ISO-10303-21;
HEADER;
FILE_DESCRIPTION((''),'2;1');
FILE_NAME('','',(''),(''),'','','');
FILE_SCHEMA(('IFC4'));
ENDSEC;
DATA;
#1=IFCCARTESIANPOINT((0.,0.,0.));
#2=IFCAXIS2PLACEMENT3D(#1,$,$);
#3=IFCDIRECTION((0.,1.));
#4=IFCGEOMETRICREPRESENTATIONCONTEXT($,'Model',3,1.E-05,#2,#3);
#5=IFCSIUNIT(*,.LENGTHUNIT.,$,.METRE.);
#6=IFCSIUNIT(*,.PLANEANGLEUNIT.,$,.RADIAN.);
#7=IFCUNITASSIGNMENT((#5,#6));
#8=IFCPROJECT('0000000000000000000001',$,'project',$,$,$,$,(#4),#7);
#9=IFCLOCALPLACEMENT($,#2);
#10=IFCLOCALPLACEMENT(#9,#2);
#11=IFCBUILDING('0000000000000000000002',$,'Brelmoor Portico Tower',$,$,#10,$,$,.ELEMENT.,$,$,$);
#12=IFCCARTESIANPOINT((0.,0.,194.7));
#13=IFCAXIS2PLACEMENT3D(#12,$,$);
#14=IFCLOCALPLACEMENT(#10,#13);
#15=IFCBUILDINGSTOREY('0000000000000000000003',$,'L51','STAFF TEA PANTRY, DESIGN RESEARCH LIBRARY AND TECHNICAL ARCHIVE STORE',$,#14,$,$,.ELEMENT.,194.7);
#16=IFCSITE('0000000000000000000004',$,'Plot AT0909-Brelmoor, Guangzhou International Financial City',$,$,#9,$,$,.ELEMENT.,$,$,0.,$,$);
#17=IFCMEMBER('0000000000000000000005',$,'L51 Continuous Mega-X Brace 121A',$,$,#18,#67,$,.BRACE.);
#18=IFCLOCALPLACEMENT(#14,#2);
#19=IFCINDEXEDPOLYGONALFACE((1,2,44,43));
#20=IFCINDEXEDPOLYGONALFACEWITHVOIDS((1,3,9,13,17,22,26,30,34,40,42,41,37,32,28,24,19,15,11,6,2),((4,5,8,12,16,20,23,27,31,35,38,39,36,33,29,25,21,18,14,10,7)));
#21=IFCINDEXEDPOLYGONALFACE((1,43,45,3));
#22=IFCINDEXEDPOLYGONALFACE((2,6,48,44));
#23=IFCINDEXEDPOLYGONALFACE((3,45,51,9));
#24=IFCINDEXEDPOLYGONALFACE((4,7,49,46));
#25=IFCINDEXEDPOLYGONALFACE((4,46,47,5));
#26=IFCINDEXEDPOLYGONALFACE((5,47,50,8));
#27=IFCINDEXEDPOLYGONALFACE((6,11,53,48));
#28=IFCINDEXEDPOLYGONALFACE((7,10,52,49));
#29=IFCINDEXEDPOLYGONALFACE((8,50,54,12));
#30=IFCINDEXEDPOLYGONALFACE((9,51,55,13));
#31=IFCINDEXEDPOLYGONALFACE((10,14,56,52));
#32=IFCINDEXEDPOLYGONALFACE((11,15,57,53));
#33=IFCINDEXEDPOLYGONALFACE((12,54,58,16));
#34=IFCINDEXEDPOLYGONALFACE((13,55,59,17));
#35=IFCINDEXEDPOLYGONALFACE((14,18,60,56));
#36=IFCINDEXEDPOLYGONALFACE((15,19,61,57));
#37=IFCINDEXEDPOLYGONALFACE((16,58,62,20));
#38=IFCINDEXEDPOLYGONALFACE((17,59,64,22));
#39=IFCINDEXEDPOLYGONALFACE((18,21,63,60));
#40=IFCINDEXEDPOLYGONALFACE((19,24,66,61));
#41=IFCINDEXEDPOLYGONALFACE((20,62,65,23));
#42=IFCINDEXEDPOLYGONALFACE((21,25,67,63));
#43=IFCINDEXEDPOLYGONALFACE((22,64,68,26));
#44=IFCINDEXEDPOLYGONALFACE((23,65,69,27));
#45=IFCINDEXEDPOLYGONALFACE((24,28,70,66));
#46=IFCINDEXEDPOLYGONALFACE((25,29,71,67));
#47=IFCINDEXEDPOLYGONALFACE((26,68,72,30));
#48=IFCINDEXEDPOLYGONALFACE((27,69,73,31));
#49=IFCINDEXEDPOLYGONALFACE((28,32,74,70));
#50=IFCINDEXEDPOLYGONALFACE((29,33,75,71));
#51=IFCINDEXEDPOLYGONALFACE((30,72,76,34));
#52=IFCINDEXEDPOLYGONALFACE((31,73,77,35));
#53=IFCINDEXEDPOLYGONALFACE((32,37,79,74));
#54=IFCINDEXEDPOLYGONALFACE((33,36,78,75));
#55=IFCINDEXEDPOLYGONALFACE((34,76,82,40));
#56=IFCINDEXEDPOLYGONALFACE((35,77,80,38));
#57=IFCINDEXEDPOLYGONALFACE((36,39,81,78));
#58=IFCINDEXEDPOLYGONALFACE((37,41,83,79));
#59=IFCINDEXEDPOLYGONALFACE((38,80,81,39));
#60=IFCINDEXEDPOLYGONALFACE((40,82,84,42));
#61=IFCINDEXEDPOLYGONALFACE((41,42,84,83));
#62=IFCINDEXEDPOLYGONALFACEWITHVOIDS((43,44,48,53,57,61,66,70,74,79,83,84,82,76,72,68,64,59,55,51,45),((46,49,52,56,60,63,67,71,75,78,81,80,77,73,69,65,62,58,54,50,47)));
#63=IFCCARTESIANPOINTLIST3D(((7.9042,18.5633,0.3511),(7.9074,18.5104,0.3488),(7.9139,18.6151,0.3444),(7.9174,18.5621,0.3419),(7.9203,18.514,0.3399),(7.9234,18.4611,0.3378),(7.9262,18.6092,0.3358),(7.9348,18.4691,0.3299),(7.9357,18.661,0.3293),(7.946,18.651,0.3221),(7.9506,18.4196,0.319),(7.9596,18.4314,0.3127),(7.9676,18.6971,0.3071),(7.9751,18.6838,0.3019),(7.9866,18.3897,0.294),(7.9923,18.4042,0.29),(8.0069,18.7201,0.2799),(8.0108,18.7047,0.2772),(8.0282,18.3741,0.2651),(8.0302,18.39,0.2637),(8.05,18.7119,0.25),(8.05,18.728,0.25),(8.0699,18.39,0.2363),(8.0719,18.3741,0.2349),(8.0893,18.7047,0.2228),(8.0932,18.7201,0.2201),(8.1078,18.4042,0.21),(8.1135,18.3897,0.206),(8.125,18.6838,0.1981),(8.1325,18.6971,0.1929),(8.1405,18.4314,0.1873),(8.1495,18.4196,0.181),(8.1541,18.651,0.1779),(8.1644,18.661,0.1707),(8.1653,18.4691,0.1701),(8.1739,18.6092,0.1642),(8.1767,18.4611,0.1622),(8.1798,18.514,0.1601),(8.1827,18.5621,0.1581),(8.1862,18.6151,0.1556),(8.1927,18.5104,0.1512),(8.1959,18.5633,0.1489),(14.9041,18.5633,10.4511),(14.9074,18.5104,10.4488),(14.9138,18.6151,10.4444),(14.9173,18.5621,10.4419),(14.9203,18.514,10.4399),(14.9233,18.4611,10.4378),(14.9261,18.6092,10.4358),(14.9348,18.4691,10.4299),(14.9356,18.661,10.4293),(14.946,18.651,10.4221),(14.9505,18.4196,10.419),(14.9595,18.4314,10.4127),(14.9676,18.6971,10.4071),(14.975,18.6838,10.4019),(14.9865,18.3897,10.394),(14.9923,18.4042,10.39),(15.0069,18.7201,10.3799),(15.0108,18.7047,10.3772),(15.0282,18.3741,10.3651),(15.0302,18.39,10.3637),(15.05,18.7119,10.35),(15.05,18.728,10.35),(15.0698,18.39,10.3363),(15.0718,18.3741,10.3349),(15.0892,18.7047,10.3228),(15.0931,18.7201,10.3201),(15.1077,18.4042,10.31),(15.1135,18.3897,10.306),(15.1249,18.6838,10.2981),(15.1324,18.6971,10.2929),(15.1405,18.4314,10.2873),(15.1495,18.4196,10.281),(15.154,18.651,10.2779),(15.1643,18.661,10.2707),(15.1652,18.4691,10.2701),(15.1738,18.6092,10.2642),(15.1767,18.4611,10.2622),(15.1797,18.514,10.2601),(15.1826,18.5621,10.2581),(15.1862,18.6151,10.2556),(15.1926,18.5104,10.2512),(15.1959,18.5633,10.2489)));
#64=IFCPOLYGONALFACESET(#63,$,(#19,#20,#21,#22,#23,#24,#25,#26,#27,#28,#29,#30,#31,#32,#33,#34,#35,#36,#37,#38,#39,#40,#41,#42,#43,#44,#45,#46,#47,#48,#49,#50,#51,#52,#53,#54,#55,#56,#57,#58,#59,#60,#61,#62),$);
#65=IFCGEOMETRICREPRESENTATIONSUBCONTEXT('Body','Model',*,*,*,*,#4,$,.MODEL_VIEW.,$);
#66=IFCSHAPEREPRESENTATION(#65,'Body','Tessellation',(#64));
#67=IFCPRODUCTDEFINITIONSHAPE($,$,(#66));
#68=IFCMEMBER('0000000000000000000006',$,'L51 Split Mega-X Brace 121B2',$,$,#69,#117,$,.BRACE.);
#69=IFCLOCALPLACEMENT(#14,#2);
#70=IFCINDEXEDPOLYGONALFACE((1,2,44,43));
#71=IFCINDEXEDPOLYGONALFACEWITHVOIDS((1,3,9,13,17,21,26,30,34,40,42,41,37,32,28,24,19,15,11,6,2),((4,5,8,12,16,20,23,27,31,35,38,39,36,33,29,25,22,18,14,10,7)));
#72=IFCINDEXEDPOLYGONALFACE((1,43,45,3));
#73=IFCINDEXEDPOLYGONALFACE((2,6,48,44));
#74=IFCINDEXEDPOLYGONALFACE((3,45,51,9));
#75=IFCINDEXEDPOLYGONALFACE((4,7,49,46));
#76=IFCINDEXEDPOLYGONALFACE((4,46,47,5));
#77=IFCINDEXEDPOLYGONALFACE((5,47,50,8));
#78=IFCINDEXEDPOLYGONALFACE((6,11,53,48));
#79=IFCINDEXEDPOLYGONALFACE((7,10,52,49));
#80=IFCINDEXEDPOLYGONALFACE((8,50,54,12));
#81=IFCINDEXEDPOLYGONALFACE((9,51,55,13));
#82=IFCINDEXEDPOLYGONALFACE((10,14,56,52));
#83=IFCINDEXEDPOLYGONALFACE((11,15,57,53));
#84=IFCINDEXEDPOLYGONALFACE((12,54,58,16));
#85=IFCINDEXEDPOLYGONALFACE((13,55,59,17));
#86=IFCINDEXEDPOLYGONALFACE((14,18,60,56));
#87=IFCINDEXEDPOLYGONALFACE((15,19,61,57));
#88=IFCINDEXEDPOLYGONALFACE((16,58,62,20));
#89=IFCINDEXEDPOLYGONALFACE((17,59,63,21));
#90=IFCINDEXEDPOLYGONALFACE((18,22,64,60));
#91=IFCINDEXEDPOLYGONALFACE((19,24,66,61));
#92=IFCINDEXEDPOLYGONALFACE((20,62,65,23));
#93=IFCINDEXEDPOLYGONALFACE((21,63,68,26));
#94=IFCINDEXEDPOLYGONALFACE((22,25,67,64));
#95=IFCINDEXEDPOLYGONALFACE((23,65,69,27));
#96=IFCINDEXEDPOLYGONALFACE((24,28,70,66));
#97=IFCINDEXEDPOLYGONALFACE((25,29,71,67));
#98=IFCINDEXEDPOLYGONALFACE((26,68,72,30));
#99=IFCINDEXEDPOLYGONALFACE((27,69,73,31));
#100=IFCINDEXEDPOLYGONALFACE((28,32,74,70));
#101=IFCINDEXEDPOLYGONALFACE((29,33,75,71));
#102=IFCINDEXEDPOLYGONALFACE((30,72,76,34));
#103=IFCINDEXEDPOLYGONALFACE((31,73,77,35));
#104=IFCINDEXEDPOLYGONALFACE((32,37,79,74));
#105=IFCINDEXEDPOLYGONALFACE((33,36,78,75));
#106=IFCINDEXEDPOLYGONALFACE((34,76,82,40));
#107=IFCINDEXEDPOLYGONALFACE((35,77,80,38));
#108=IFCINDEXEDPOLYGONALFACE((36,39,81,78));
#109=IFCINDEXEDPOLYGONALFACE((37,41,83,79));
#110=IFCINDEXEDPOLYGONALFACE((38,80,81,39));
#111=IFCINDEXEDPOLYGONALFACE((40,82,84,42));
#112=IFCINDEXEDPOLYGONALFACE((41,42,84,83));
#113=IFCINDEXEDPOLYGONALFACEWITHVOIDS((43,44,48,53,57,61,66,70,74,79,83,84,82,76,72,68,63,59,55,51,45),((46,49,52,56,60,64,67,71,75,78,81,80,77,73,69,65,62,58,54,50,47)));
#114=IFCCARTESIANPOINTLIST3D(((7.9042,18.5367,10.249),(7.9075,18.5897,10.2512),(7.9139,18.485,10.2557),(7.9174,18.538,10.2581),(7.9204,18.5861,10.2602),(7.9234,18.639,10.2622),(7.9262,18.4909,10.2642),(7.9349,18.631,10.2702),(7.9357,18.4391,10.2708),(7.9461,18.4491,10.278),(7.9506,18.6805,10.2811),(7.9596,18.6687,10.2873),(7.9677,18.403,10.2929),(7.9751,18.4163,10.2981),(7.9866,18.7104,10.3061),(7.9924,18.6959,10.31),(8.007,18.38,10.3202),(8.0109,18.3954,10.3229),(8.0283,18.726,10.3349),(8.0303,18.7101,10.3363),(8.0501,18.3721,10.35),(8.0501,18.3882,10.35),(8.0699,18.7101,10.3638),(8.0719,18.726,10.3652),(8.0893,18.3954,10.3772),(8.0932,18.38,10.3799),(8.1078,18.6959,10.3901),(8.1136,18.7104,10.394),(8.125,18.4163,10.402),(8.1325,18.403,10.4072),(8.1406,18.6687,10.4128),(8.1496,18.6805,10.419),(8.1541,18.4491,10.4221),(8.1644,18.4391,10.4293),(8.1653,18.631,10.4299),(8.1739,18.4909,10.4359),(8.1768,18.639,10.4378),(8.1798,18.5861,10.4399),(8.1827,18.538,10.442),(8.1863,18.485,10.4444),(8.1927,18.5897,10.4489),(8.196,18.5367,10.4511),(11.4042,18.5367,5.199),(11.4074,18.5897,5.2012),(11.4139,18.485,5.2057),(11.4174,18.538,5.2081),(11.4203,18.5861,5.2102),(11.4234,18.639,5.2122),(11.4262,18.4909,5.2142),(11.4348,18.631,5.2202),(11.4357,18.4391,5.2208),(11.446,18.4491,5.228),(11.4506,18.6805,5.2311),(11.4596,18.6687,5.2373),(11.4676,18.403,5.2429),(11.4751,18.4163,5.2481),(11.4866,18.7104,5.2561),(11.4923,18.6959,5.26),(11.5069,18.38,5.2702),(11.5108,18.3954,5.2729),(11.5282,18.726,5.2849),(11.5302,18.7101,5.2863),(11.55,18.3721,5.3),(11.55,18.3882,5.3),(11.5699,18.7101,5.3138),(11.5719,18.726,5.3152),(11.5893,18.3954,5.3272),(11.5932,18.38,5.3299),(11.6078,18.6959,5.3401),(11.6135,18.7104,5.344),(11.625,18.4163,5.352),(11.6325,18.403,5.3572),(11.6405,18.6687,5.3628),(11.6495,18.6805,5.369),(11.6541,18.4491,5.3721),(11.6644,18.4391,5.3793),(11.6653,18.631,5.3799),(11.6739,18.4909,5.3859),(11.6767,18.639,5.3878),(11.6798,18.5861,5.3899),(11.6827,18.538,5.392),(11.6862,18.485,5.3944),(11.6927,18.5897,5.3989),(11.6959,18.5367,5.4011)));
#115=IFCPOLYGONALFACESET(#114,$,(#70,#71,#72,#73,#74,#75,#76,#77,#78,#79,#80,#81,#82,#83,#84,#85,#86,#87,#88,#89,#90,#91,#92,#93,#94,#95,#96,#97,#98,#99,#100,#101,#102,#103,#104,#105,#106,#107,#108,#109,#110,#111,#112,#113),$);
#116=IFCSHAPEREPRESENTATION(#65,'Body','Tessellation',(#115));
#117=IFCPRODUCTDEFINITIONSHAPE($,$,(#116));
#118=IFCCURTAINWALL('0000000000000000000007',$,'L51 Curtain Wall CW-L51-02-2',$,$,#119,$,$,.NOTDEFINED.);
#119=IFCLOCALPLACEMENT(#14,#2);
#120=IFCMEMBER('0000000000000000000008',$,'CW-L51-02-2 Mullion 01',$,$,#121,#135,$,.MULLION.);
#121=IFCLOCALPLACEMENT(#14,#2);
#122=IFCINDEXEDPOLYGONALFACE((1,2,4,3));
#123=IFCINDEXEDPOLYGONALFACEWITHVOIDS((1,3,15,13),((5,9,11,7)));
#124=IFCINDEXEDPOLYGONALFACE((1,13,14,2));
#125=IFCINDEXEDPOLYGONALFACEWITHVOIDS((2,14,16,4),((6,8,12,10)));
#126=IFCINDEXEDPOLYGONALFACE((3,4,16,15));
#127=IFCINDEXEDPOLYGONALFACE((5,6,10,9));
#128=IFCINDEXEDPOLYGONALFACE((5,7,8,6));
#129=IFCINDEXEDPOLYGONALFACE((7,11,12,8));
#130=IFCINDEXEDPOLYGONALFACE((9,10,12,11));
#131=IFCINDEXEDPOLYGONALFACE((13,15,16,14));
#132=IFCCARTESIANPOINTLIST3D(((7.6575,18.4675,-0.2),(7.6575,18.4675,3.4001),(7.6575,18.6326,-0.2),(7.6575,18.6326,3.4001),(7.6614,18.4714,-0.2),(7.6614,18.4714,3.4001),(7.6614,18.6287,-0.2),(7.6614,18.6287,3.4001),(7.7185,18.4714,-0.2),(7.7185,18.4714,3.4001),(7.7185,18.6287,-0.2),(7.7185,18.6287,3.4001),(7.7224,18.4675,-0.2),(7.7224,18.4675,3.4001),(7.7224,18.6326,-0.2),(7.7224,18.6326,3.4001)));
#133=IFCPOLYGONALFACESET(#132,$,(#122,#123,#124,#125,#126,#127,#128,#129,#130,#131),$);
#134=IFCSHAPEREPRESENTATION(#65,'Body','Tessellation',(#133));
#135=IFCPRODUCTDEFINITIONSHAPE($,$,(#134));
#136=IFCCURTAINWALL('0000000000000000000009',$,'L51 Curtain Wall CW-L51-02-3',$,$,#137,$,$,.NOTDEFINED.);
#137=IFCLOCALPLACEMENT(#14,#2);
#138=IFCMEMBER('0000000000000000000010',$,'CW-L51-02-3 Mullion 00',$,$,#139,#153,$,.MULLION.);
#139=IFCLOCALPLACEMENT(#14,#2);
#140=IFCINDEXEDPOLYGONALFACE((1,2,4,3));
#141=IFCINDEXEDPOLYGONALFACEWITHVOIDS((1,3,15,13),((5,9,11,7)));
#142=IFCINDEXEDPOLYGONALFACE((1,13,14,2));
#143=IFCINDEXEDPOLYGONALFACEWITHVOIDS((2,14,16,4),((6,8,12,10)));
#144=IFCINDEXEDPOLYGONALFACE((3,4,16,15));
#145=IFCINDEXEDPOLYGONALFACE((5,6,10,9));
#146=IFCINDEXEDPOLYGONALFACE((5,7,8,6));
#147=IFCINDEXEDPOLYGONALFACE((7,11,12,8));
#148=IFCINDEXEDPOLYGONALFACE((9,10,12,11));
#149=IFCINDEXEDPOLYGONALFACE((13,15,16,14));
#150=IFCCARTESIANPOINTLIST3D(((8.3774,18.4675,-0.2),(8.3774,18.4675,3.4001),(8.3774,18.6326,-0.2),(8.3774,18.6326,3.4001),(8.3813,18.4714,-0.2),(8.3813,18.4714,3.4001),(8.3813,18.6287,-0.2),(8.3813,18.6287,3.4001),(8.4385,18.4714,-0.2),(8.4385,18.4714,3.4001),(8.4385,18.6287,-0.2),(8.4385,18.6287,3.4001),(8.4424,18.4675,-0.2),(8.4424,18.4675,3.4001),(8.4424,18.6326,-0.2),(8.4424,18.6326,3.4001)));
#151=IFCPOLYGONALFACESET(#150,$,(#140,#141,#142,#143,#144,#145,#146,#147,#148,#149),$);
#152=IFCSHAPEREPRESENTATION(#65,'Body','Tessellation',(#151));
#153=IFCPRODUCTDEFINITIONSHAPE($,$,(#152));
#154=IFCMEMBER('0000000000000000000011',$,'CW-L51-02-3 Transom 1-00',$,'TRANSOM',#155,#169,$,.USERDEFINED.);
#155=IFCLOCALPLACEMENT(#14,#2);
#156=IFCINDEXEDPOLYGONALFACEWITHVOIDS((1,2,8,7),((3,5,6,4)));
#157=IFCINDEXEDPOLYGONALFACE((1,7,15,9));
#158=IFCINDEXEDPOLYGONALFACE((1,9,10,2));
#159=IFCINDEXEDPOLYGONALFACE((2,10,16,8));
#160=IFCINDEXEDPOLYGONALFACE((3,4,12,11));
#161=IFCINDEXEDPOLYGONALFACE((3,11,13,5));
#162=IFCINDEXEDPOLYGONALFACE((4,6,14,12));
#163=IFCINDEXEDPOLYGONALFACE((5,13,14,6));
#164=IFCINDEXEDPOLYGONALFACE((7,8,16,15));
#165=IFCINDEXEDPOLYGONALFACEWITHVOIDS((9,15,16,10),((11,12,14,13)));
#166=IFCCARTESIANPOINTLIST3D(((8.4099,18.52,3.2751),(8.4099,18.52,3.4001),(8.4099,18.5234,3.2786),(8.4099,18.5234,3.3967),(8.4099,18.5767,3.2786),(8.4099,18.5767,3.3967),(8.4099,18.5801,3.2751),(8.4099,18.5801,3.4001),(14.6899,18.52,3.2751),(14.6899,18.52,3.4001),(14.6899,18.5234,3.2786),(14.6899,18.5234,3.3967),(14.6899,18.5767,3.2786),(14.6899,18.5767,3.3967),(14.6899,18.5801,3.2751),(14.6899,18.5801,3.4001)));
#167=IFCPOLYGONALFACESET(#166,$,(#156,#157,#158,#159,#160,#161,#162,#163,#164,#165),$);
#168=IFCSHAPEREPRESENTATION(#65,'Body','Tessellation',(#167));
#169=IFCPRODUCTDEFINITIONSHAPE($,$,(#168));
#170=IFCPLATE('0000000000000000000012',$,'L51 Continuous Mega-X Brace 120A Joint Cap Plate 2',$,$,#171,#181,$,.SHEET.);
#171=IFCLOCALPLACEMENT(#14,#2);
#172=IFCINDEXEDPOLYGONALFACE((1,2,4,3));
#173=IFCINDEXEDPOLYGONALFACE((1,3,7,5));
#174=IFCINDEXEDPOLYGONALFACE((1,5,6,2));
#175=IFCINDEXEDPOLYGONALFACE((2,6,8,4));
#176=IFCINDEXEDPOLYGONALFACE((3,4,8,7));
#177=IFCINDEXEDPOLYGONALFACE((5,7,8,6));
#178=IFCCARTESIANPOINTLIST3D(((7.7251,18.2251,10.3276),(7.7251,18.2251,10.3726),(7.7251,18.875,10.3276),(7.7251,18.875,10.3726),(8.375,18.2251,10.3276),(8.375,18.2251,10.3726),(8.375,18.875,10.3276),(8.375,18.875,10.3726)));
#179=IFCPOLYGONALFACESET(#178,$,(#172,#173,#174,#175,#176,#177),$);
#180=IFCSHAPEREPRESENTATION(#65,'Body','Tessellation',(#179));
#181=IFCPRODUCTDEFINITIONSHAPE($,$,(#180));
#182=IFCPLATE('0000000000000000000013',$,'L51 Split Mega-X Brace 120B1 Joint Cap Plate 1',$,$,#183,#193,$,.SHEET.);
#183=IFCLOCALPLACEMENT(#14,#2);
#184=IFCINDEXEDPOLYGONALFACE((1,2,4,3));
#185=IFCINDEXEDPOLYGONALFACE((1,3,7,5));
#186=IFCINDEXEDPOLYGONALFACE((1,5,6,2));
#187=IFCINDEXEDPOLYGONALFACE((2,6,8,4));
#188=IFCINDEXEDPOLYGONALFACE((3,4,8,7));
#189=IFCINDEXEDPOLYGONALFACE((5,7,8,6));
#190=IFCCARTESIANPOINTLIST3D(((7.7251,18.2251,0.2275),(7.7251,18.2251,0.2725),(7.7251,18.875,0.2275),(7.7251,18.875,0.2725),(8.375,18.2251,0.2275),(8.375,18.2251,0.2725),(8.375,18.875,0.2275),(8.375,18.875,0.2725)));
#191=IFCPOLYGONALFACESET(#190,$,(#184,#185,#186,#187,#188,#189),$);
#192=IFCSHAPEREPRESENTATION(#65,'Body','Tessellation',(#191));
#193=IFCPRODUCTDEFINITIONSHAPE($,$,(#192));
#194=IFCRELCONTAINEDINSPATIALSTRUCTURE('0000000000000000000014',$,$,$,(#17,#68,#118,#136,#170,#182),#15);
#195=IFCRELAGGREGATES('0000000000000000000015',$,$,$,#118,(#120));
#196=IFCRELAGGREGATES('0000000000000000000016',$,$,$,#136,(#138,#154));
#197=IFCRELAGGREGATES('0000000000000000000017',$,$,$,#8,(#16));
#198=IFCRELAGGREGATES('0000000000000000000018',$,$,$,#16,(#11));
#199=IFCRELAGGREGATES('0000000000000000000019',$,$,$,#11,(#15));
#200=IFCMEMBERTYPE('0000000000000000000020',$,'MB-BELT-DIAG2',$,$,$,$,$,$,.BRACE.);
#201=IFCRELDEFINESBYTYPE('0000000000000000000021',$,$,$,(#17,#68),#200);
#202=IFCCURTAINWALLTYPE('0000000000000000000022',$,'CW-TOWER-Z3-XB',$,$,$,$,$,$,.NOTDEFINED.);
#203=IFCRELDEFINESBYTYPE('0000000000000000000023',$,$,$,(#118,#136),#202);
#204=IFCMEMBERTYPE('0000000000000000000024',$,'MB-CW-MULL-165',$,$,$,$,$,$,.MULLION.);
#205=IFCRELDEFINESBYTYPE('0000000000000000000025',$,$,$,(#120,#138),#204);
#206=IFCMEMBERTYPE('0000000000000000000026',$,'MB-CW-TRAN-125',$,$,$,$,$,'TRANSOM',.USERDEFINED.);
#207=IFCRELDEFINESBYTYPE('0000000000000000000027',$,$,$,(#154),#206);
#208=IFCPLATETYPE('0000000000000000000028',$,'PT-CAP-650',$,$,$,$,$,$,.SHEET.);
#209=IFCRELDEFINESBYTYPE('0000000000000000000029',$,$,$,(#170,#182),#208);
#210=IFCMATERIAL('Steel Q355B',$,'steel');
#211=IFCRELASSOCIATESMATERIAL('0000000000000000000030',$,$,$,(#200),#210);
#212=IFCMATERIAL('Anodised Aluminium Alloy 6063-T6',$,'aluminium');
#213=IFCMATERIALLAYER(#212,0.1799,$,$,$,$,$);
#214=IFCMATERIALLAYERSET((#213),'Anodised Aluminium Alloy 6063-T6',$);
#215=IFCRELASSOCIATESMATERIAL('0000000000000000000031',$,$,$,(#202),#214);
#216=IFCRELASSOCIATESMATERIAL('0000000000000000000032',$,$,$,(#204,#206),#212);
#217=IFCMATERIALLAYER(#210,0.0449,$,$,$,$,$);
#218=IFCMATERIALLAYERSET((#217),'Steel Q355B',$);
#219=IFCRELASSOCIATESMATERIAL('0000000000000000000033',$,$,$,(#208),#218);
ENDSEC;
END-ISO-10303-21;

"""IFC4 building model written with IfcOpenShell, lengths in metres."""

from ifc_helpers import new_model, si_unit, direction, frame, origin, origin_2d, place, context, subcontext, project, spatial, rectangle, hollow_rectangle, hollow_circle, extrude, material, layer, layer_set, material_profile, profile_set, type_object, element, aggregate, save


model = new_model("IFC4")

# Units and contexts
model_context = context("Model", 3, precision=1e-05, world=origin(), true_north=direction((0.0, 1.0)))
body_context = subcontext(model_context, "Body", "Model", "MODEL_VIEW")
ifc_project = project(units=[si_unit("LENGTHUNIT", "METRE"), si_unit("PLANEANGLEUNIT", "RADIAN")], contexts=[model_context])

# Site, building, storey
site_placement = place(None, origin())
site = spatial("IfcSite", under=ifc_project, at=site_placement, Name="Plot AT0909-Brelmoor, Guangzhou International Financial City", CompositionType="ELEMENT", RefElevation=0.0)
building_placement = place(site_placement, origin())
building = spatial("IfcBuilding", under=site, at=building_placement, Name="Brelmoor Portico Tower", CompositionType="ELEMENT")
storey_placement = place(building_placement, frame((0.0, 0.0, 194.7)))
storey = spatial("IfcBuildingStorey", under=building, at=storey_placement, Name="L51", Description="STAFF TEA PANTRY, DESIGN RESEARCH LIBRARY AND TECHNICAL ARCHIVE STORE", CompositionType="ELEMENT", Elevation=194.7)

# Shared definitions
ifc_material_1 = material(Name="Steel Q355B", Category="steel")

# Members
ifc_material_profile_1 = material_profile(ifc_material_1, hollow_circle(Radius=0.178, WallThickness=0.0161, at=origin_2d()), Name="CHS 356x16")
ifc_profile_set_1 = profile_set([ifc_material_profile_1], Name="Steel Q355B")
member_type_1 = type_object("IfcMemberType", Name="MB-BELT-DIAG2", PredefinedType="BRACE", material=ifc_profile_set_1)
member_1_placement = place(storey_placement, frame((8.05, 18.55, 0.25), z_axis=(0.569629, 0.0, 0.821902), x_axis=(0.0, 1.0, 0.0)))
element("IfcMember", 1, at=member_1_placement, inside=storey, type_object=member_type_1, Name="L51 Continuous Mega-X Brace 121A", PredefinedType="BRACE", context=body_context, shape_type="SweptSolid", body=[
    extrude(hollow_circle(Radius=0.178, WallThickness=0.0161, at=origin_2d()), origin(), (0.0, 0.0, 1.0), 12.2886),
])
member_2_placement = place(storey_placement, frame((11.55, 18.55, 5.3), z_axis=(-0.569629, 0.0, 0.821902), x_axis=(0.0, -1.0, 0.0)))
element("IfcMember", 2, at=member_2_placement, inside=storey, type_object=member_type_1, Name="L51 Split Mega-X Brace 121B2", PredefinedType="BRACE", context=body_context, shape_type="SweptSolid", body=[
    extrude(hollow_circle(Radius=0.178, WallThickness=0.0161, at=origin_2d()), origin(), (0.0, 0.0, 1.0), 6.1443),
])

# Curtain wall, member
ifc_material_2 = material(Name="Anodised Aluminium Alloy 6063-T6", Category="aluminium")
ifc_layer_1 = layer(ifc_material_2, 0.1799)
ifc_layer_set_1 = layer_set([ifc_layer_1], Name="Anodised Aluminium Alloy 6063-T6")
curtain_wall_type = type_object("IfcCurtainWallType", Name="CW-TOWER-Z3-XB", PredefinedType="NOTDEFINED", material=ifc_layer_set_1)
curtain_wall_1_placement = place(storey_placement, origin())
curtain_wall_1 = element("IfcCurtainWall", 3, at=curtain_wall_1_placement, inside=storey, type_object=curtain_wall_type, Name="L51 Curtain Wall CW-L51-02-2", PredefinedType="NOTDEFINED")
ifc_material_profile_2 = material_profile(ifc_material_2, hollow_rectangle(XDim=0.0649, YDim=0.165, WallThickness=0.0039, at=origin_2d()), Name="ALU MULLION 65x165")
ifc_profile_set_2 = profile_set([ifc_material_profile_2], Name="Anodised Aluminium Alloy 6063-T6")
member_type_2 = type_object("IfcMemberType", Name="MB-CW-MULL-165", PredefinedType="MULLION", material=ifc_profile_set_2)
member_3_placement = place(storey_placement, frame((7.6899, 18.55, -0.2), z_axis=(0.0, 0.0, 1.0), x_axis=(1.0, 0.0, 0.0)))
member_3 = element("IfcMember", 4, at=member_3_placement, type_object=member_type_2, Name="CW-L51-02-2 Mullion 01", PredefinedType="MULLION", context=body_context, shape_type="SweptSolid", body=[
    extrude(hollow_rectangle(XDim=0.0649, YDim=0.165, WallThickness=0.0039, at=origin_2d()), origin(), (0.0, 0.0, 1.0), 3.6001),
])

# Curtain wall, members
curtain_wall_2_placement = place(storey_placement, origin())
curtain_wall_2 = element("IfcCurtainWall", 5, at=curtain_wall_2_placement, inside=storey, type_object=curtain_wall_type, Name="L51 Curtain Wall CW-L51-02-3", PredefinedType="NOTDEFINED")
member_4_placement = place(storey_placement, frame((8.4099, 18.55, -0.2), z_axis=(0.0, 0.0, 1.0), x_axis=(1.0, 0.0, 0.0)))
member_4 = element("IfcMember", 6, at=member_4_placement, type_object=member_type_2, Name="CW-L51-02-3 Mullion 00", PredefinedType="MULLION", context=body_context, shape_type="SweptSolid", body=[
    extrude(hollow_rectangle(XDim=0.0649, YDim=0.165, WallThickness=0.0039, at=origin_2d()), origin(), (0.0, 0.0, 1.0), 3.6001),
])
ifc_material_profile_3 = material_profile(ifc_material_2, hollow_rectangle(XDim=0.0601, YDim=0.125, WallThickness=0.0034, at=origin_2d()), Name="ALU TRANSOM 60x125")
ifc_profile_set_3 = profile_set([ifc_material_profile_3], Name="Anodised Aluminium Alloy 6063-T6")
member_type_3 = type_object("IfcMemberType", Name="MB-CW-TRAN-125", ElementType="TRANSOM", PredefinedType="USERDEFINED", material=ifc_profile_set_3)
member_5_placement = place(storey_placement, frame((8.4099, 18.55, 3.3376), z_axis=(1.0, 0.0, 0.0), x_axis=(0.0, 1.0, 0.0)))
member_5 = element("IfcMember", 7, at=member_5_placement, type_object=member_type_3, Name="CW-L51-02-3 Transom 1-00", ObjectType="TRANSOM", PredefinedType="USERDEFINED", context=body_context, shape_type="SweptSolid", body=[
    extrude(hollow_rectangle(XDim=0.0601, YDim=0.125, WallThickness=0.0034, at=origin_2d()), origin(), (0.0, 0.0, 1.0), 6.28),
])

# Plates
ifc_layer_2 = layer(ifc_material_1, 0.0449)
ifc_layer_set_2 = layer_set([ifc_layer_2], Name="Steel Q355B")
plate_type_1 = type_object("IfcPlateType", Name="PT-CAP-650", PredefinedType="SHEET", material=ifc_layer_set_2)
for number, where, z_axis, x_axis, name in (
    (8, (8.05, 18.55, 10.3276), (0.0, 0.0, 1.0), (1.0, 0.0, 0.0), "L51 Continuous Mega-X Brace 120A Joint Cap Plate 2"),
    (9, (8.05, 18.55, 0.2275), (0.0, 0.0, 1.0), (1.0, 0.0, 0.0), "L51 Split Mega-X Brace 120B1 Joint Cap Plate 1"),
):
    element("IfcPlate", number, at=place(storey_placement, frame(where, z_axis=z_axis, x_axis=x_axis)), inside=storey, type_object=plate_type_1, Name=name, PredefinedType="SHEET", context=body_context, shape_type="SweptSolid", body=[
        extrude(rectangle(XDim=0.6499, YDim=0.6499, at=origin_2d()), origin(), (0.0, 0.0, 1.0), 0.0449),
    ])

aggregate(curtain_wall_1, [member_3])
aggregate(curtain_wall_2, [member_4, member_5])

save(model, "model.ifc")
